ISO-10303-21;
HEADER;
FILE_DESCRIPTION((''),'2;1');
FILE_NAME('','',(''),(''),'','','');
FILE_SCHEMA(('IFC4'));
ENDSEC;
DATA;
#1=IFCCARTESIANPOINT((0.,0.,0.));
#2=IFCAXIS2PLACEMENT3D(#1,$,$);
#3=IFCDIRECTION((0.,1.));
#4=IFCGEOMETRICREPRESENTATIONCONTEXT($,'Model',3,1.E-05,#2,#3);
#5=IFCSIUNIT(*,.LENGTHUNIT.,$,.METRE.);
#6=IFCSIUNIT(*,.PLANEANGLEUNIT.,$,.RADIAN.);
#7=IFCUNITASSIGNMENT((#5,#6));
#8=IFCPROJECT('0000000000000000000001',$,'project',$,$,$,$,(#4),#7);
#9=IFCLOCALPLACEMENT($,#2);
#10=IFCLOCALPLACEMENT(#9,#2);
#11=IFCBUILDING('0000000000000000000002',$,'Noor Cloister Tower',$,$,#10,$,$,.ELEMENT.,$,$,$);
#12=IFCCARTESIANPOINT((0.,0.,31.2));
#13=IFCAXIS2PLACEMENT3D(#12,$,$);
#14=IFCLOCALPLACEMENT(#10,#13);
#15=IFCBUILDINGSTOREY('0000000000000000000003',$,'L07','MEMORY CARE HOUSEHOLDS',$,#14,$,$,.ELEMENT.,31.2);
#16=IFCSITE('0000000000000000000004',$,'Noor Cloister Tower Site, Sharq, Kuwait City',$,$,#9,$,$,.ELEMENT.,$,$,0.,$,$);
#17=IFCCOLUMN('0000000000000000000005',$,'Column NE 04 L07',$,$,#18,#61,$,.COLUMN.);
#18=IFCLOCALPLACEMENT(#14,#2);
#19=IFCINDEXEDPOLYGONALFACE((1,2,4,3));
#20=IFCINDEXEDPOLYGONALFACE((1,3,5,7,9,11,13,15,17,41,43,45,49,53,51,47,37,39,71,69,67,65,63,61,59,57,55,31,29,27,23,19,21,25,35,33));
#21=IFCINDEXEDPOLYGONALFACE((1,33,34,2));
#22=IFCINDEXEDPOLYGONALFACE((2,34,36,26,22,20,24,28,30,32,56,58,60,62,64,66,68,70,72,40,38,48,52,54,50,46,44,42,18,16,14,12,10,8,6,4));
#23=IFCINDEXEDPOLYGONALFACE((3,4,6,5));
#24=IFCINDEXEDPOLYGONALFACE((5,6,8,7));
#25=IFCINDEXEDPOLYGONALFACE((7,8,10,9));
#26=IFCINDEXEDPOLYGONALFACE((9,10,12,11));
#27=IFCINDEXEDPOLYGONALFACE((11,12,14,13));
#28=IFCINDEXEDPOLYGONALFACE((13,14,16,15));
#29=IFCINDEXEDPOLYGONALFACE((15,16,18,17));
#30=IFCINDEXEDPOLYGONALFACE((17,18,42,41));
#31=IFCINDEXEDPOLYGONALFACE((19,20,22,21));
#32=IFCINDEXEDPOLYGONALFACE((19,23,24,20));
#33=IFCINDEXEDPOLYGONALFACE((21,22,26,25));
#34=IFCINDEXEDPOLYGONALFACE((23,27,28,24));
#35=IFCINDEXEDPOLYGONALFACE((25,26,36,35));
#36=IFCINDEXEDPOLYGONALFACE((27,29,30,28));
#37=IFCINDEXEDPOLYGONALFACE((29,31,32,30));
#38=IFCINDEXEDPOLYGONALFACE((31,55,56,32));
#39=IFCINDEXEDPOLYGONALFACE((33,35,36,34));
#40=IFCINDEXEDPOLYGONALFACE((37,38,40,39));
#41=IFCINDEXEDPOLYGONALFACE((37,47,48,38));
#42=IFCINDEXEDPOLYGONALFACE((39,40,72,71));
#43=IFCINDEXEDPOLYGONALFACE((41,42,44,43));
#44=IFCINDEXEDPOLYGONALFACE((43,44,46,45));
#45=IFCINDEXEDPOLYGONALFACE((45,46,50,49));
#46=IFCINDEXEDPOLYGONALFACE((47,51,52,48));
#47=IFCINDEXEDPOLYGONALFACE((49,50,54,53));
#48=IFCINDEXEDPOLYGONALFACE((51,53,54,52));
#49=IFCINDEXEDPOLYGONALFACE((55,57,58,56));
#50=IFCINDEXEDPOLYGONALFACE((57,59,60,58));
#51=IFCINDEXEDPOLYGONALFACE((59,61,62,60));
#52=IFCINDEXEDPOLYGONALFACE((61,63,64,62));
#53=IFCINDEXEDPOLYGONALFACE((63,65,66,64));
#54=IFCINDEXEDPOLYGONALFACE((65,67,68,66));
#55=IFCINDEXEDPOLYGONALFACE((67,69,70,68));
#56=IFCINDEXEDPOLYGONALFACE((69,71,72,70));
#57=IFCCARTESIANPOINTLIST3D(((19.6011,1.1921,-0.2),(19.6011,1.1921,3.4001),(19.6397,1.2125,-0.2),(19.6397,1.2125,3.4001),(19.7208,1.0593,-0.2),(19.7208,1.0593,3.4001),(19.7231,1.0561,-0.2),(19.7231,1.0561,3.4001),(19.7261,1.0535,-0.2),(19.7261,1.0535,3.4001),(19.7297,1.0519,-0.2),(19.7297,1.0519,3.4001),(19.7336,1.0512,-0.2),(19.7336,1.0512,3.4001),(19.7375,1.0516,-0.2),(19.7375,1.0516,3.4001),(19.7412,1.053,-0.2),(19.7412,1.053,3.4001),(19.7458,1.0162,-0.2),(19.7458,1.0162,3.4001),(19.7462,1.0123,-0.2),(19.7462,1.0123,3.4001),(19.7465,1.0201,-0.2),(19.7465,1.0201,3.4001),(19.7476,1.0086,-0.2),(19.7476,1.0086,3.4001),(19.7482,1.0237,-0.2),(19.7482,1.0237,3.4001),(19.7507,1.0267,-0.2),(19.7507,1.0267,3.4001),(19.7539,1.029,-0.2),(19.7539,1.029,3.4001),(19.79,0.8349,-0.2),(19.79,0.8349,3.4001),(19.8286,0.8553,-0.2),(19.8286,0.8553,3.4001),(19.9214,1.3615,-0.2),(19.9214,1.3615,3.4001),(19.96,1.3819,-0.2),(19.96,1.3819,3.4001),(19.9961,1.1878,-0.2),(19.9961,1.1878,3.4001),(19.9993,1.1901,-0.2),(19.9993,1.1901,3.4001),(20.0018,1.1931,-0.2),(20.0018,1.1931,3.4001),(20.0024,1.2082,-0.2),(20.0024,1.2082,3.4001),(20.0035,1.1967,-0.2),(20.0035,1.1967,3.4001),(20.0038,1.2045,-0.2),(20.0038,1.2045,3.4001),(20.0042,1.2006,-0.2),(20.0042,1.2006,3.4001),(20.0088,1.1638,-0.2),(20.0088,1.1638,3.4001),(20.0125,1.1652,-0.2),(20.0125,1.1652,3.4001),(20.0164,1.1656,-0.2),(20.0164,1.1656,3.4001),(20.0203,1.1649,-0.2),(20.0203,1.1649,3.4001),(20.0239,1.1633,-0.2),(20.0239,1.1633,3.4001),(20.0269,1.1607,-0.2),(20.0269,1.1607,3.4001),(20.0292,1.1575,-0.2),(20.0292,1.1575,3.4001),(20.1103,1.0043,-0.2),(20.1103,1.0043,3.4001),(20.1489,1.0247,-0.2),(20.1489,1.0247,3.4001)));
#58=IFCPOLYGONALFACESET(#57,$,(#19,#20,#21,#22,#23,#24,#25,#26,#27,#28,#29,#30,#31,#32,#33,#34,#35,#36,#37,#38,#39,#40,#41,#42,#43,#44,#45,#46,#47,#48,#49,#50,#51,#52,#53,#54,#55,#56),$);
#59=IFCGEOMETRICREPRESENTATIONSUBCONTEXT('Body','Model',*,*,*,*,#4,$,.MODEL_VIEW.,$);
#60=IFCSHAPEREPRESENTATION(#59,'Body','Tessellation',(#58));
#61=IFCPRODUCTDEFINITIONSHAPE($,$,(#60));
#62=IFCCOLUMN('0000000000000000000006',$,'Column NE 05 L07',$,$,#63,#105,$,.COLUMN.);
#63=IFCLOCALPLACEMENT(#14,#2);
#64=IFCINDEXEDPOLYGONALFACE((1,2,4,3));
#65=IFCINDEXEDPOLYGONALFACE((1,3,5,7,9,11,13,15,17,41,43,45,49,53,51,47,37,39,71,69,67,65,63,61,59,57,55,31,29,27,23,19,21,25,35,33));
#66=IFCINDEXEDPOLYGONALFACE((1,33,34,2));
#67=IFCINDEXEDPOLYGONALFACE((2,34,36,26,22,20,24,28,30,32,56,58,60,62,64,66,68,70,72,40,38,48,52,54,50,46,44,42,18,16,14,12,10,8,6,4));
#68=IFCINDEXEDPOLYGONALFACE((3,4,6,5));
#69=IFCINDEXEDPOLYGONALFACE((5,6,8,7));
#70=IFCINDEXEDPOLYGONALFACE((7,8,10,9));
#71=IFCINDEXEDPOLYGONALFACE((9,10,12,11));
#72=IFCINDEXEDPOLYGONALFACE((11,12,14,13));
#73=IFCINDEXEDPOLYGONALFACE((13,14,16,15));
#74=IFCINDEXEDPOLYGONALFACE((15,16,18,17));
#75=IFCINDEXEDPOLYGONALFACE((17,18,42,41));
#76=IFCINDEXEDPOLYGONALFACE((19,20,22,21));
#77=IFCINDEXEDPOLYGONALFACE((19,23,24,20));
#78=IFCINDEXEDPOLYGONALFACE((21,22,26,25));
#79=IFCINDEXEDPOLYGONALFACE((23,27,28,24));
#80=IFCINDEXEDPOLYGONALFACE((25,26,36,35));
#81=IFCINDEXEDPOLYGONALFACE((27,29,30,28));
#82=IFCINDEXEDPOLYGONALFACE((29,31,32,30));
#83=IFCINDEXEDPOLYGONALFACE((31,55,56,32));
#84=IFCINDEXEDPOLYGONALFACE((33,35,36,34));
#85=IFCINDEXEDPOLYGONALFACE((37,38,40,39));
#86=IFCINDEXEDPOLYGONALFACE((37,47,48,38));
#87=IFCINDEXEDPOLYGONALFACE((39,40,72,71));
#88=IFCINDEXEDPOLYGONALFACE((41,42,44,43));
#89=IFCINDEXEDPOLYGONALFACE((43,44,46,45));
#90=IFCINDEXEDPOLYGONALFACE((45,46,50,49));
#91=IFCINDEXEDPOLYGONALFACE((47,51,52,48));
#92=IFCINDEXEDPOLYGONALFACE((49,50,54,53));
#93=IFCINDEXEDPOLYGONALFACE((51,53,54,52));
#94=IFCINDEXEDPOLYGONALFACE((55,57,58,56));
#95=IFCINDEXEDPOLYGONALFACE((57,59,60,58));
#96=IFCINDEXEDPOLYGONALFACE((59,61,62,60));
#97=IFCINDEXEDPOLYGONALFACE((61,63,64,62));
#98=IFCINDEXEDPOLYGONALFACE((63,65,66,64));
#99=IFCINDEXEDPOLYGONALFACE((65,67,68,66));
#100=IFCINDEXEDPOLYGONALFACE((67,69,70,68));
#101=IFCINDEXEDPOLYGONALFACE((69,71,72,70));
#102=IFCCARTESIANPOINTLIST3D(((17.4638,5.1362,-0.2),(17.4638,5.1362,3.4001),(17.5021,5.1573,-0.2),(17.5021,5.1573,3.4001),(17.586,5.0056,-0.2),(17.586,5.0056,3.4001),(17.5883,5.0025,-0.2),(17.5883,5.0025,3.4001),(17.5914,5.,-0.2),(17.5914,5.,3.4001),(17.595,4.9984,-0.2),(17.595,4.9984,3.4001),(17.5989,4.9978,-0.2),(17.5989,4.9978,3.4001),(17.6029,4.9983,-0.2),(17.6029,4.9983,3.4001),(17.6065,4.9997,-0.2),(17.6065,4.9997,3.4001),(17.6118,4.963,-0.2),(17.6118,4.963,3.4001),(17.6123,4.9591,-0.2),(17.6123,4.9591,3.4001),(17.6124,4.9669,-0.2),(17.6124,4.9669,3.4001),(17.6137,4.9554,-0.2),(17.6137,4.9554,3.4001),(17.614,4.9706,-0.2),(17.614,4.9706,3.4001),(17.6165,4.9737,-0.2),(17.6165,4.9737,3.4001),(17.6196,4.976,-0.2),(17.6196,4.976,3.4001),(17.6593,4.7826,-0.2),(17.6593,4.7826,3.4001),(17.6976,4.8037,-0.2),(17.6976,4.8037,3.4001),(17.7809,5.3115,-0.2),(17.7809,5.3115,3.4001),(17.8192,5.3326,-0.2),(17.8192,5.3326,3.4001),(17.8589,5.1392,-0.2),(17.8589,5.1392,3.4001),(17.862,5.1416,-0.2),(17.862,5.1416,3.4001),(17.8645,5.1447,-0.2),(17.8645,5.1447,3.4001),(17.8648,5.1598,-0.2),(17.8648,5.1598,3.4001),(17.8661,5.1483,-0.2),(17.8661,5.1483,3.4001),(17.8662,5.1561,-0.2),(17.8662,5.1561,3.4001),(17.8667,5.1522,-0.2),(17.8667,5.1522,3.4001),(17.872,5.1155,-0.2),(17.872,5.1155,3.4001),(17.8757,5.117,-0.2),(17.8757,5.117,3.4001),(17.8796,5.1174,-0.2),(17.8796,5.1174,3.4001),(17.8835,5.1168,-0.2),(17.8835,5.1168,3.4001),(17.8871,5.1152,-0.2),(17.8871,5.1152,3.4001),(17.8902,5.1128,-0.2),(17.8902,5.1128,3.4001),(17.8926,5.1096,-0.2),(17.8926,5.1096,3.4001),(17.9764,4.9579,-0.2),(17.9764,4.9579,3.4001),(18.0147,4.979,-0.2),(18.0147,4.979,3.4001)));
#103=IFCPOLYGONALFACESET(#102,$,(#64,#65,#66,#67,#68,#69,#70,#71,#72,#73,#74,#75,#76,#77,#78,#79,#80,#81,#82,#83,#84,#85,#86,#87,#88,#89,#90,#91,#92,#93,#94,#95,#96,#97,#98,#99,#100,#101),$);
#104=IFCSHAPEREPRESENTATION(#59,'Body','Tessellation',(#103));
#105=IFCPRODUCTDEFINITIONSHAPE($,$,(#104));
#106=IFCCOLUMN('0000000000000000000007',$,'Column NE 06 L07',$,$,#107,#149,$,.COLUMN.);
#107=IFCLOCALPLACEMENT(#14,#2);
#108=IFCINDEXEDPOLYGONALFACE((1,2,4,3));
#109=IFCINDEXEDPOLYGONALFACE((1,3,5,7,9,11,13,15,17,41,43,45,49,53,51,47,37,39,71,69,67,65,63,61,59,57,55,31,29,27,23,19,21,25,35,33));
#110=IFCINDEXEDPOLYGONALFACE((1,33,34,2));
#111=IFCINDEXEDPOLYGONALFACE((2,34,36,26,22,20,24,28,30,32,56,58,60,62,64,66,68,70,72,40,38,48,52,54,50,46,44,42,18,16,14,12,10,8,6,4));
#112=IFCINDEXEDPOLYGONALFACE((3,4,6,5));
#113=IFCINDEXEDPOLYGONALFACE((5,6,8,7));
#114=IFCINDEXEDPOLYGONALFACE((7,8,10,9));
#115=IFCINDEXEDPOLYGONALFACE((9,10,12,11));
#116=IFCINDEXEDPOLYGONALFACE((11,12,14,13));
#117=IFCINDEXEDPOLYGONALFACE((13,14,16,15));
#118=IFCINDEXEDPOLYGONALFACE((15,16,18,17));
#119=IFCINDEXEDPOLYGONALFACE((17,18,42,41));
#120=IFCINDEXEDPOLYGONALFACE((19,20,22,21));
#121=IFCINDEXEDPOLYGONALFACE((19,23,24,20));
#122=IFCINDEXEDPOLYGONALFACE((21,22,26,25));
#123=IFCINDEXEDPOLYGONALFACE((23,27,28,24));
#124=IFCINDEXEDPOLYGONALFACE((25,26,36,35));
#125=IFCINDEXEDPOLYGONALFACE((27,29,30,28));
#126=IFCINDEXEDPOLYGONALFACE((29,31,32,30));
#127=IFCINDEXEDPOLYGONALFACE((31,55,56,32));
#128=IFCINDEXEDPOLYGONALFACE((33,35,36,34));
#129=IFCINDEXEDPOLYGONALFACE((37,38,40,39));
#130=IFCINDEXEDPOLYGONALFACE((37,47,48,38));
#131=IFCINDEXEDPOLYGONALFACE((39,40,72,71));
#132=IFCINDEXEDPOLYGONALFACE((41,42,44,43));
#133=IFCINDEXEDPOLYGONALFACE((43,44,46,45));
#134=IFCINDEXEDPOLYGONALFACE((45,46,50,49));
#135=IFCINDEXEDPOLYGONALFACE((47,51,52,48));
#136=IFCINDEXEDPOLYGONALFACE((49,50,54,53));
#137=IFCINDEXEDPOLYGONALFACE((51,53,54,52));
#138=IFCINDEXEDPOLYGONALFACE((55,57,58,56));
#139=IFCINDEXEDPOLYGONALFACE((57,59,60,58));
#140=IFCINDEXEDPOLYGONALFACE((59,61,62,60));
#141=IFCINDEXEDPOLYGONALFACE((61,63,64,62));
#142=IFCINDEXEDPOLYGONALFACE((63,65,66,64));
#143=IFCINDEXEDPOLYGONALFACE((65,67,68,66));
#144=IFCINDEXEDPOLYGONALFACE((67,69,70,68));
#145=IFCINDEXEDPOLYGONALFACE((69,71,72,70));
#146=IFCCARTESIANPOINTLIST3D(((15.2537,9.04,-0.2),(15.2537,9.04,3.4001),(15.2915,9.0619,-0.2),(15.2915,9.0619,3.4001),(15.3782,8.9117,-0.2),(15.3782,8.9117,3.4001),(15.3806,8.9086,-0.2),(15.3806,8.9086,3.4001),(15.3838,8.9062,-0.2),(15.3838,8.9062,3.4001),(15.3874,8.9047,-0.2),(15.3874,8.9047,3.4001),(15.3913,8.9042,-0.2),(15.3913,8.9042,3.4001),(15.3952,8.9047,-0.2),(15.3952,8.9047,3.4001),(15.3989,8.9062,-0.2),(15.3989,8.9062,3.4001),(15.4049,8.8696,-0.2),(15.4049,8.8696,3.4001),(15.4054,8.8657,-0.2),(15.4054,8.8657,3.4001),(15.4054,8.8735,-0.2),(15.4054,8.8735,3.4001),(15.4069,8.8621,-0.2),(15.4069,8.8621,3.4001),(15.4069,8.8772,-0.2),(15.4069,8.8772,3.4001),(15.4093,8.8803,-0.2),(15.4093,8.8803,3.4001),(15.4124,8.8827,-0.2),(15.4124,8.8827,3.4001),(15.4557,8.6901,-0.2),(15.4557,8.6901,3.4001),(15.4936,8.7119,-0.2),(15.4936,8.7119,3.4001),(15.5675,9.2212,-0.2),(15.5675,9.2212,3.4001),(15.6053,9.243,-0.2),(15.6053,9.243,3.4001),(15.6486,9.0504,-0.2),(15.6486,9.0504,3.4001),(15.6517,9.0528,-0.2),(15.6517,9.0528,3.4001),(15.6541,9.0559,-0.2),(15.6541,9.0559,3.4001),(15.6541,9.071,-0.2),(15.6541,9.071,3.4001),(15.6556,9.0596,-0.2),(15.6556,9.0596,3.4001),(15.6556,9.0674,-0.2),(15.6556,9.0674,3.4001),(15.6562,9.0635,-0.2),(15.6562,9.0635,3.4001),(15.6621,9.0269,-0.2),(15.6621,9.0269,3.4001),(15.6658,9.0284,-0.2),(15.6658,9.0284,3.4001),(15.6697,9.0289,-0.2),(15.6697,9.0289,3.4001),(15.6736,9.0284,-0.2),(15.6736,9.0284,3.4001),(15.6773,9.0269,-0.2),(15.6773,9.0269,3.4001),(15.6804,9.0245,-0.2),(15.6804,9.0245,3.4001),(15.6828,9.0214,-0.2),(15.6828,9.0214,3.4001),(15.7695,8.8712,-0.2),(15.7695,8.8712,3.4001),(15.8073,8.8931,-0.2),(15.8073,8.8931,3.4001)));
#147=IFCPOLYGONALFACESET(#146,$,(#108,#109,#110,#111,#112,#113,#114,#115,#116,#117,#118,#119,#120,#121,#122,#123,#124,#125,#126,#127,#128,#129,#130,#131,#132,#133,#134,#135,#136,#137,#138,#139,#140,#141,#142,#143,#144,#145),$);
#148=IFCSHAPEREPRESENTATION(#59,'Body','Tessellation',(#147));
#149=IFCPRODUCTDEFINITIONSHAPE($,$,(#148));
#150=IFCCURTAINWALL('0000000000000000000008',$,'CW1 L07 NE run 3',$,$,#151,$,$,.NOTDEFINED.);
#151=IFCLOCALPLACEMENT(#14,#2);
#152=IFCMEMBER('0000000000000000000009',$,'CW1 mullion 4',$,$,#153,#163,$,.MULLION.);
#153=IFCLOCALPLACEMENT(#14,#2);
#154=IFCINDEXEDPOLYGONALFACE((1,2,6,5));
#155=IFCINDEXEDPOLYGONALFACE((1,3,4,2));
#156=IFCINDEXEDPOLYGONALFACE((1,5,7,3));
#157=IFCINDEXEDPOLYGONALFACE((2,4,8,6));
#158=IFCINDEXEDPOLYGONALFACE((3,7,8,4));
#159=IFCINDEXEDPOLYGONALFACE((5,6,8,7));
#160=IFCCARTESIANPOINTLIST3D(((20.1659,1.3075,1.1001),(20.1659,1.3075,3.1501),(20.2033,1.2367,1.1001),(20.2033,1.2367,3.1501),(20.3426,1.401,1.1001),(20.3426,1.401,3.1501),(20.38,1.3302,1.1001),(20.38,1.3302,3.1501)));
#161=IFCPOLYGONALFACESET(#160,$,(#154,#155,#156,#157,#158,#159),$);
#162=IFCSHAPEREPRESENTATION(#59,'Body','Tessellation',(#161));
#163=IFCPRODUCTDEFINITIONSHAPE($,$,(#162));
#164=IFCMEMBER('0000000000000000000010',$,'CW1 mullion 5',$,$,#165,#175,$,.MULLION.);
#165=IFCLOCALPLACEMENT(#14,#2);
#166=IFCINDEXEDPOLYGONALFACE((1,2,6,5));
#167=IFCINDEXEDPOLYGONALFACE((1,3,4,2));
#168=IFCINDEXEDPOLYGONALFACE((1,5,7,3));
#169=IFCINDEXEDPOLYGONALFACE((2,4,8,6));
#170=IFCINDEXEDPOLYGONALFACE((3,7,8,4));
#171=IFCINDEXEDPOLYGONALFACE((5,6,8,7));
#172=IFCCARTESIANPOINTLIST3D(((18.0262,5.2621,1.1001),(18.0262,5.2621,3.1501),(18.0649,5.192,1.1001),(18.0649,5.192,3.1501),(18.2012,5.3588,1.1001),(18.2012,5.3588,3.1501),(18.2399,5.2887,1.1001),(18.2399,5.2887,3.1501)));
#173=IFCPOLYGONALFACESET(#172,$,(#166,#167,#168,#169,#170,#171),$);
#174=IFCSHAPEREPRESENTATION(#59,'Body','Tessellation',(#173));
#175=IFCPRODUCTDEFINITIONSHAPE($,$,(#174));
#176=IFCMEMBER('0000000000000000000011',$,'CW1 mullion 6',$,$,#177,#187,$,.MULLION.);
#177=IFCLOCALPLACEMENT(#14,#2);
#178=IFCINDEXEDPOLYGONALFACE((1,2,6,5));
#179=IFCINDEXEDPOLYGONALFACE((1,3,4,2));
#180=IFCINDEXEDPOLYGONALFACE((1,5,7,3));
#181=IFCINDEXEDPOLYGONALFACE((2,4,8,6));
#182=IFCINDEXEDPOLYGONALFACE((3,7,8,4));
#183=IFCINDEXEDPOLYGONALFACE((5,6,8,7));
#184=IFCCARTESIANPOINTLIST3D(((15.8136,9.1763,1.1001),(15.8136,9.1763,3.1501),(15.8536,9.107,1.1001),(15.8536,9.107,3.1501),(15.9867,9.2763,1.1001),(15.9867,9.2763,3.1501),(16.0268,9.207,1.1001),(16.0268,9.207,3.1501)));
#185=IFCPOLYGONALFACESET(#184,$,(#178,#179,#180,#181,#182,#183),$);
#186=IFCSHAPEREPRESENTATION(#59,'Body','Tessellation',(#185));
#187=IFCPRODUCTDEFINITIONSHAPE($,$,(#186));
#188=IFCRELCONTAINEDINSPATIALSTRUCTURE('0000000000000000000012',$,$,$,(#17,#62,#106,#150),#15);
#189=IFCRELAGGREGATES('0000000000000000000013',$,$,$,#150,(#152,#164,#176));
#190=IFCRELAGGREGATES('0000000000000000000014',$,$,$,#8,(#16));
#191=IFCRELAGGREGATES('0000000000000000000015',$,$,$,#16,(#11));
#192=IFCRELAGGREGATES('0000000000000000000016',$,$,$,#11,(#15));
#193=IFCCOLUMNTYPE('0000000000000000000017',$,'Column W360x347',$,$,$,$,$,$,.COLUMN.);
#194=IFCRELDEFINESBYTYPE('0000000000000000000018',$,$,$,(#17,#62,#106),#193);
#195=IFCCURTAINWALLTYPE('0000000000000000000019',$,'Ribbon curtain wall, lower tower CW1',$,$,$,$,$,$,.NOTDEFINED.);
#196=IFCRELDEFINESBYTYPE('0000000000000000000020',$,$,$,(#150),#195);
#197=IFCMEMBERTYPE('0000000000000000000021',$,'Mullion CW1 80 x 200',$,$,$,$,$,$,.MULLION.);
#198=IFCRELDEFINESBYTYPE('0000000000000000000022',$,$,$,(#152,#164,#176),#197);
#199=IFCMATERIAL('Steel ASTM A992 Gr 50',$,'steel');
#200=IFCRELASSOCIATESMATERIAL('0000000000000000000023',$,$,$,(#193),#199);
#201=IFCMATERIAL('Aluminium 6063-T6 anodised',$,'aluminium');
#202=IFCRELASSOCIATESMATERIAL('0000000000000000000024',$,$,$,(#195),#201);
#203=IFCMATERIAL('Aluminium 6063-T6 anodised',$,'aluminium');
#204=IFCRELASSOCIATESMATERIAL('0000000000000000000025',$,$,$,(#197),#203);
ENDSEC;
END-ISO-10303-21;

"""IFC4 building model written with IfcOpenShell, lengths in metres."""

from ifc_helpers import new_model, si_unit, direction, frame, origin, origin_2d, place, context, subcontext, project, spatial, rectangle, i_section, extrude, material, material_profile, profile_set, type_object, element, aggregate, save


model = new_model("IFC4")

# Units and contexts
model_context = context("Model", 3, precision=1e-05, world=origin(), true_north=direction((0.0, 1.0)))
body_context = subcontext(model_context, "Body", "Model", "MODEL_VIEW")
ifc_project = project(units=[si_unit("LENGTHUNIT", "METRE"), si_unit("PLANEANGLEUNIT", "RADIAN")], contexts=[model_context])

# Site, building, storey
site_placement = place(None, origin())
site = spatial("IfcSite", under=ifc_project, at=site_placement, Name="Noor Cloister Tower Site, Sharq, Kuwait City", CompositionType="ELEMENT", RefElevation=0.0)
building_placement = place(site_placement, origin())
building = spatial("IfcBuilding", under=site, at=building_placement, Name="Noor Cloister Tower", CompositionType="ELEMENT")
storey_placement = place(building_placement, frame((0.0, 0.0, 31.2)))
storey = spatial("IfcBuildingStorey", under=building, at=storey_placement, Name="L07", Description="MEMORY CARE HOUSEHOLDS", CompositionType="ELEMENT", Elevation=31.2)

# Columns
ifc_material_1 = material(Name="Steel ASTM A992 Gr 50", Category="steel")
ifc_material_profile_1 = material_profile(ifc_material_1, i_section(OverallWidth=0.4041, OverallDepth=0.406, WebThickness=0.0271, FlangeThickness=0.0437, FilletRadius=0.0151, at=origin_2d()), Name="W360x347")
ifc_profile_set_1 = profile_set([ifc_material_profile_1], Name="Steel ASTM A992 Gr 50")
column_type = type_object("IfcColumnType", Name="Column W360x347", PredefinedType="COLUMN", material=ifc_profile_set_1)
for number, where, z_axis, x_axis, name in (
    (1, (19.875, 1.1084, -0.2), (0.0, 0.0, 1.0), (-0.467527, 0.883979, 0.0), "Column NE 04 L07"),
    (2, (17.7393, 5.0576, -0.2), (0.0, 0.0, 1.0), (-0.483847, 0.875153, 0.0), "Column NE 05 L07"),
    (3, (15.5305, 8.9666, -0.2), (0.0, 0.0, 1.0), (-0.5, 0.866025, 0.0), "Column NE 06 L07"),
):
    element("IfcColumn", number, at=place(storey_placement, frame(where, z_axis=z_axis, x_axis=x_axis)), inside=storey, type_object=column_type, Name=name, PredefinedType="COLUMN", context=body_context, shape_type="SweptSolid", body=[
        extrude(i_section(OverallWidth=0.4041, OverallDepth=0.406, WebThickness=0.0271, FlangeThickness=0.0437, FilletRadius=0.0151, at=origin_2d()), origin(), (0.0, 0.0, 1.0), 3.6001),
    ])

# Curtain wall, members
ifc_material_2 = material(Name="Aluminium 6063-T6 anodised", Category="aluminium")
curtain_wall_type = type_object("IfcCurtainWallType", Name="Ribbon curtain wall, lower tower CW1", PredefinedType="NOTDEFINED", material=ifc_material_2)
curtain_wall_placement = place(storey_placement, origin())
curtain_wall = element("IfcCurtainWall", 4, at=curtain_wall_placement, inside=storey, type_object=curtain_wall_type, Name="CW1 L07 NE run 3", PredefinedType="NOTDEFINED")
ifc_material_3 = material(Name="Aluminium 6063-T6 anodised", Category="aluminium")
ifc_material_profile_2 = material_profile(ifc_material_3, rectangle(XDim=0.2, YDim=0.0801, at=origin_2d()), Name="200 x 80 mullion")
ifc_profile_set_2 = profile_set([ifc_material_profile_2], Name="Aluminium 6063-T6 anodised")
member_type = type_object("IfcMemberType", Name="Mullion CW1 80 x 200", PredefinedType="MULLION", material=ifc_profile_set_2)
member_1_placement = place(storey_placement, frame((20.2729, 1.3188, 1.1001), z_axis=(0.0, 0.0, 1.0), x_axis=(-0.883979, -0.467527, 0.0)))
member_1 = element("IfcMember", 5, at=member_1_placement, type_object=member_type, Name="CW1 mullion 4", PredefinedType="MULLION", context=body_context, shape_type="SweptSolid", body=[
    extrude(rectangle(XDim=0.2, YDim=0.0801, at=origin_2d()), origin(), (0.0, 0.0, 1.0), 2.05),
])
member_2_placement = place(storey_placement, frame((18.1331, 5.2754, 1.1001), z_axis=(0.0, 0.0, 1.0), x_axis=(-0.875153, -0.483847, 0.0)))
member_2 = element("IfcMember", 6, at=member_2_placement, type_object=member_type, Name="CW1 mullion 5", PredefinedType="MULLION", context=body_context, shape_type="SweptSolid", body=[
    extrude(rectangle(XDim=0.2, YDim=0.0801, at=origin_2d()), origin(), (0.0, 0.0, 1.0), 2.05),
])
member_3_placement = place(storey_placement, frame((15.9202, 9.1917, 1.1001), z_axis=(0.0, 0.0, 1.0), x_axis=(-0.866025, -0.5, 0.0)))
member_3 = element("IfcMember", 7, at=member_3_placement, type_object=member_type, Name="CW1 mullion 6", PredefinedType="MULLION", context=body_context, shape_type="SweptSolid", body=[
    extrude(rectangle(XDim=0.2, YDim=0.0801, at=origin_2d()), origin(), (0.0, 0.0, 1.0), 2.05),
])

aggregate(curtain_wall, [member_1, member_2, member_3])

save(model, "model.ifc")
